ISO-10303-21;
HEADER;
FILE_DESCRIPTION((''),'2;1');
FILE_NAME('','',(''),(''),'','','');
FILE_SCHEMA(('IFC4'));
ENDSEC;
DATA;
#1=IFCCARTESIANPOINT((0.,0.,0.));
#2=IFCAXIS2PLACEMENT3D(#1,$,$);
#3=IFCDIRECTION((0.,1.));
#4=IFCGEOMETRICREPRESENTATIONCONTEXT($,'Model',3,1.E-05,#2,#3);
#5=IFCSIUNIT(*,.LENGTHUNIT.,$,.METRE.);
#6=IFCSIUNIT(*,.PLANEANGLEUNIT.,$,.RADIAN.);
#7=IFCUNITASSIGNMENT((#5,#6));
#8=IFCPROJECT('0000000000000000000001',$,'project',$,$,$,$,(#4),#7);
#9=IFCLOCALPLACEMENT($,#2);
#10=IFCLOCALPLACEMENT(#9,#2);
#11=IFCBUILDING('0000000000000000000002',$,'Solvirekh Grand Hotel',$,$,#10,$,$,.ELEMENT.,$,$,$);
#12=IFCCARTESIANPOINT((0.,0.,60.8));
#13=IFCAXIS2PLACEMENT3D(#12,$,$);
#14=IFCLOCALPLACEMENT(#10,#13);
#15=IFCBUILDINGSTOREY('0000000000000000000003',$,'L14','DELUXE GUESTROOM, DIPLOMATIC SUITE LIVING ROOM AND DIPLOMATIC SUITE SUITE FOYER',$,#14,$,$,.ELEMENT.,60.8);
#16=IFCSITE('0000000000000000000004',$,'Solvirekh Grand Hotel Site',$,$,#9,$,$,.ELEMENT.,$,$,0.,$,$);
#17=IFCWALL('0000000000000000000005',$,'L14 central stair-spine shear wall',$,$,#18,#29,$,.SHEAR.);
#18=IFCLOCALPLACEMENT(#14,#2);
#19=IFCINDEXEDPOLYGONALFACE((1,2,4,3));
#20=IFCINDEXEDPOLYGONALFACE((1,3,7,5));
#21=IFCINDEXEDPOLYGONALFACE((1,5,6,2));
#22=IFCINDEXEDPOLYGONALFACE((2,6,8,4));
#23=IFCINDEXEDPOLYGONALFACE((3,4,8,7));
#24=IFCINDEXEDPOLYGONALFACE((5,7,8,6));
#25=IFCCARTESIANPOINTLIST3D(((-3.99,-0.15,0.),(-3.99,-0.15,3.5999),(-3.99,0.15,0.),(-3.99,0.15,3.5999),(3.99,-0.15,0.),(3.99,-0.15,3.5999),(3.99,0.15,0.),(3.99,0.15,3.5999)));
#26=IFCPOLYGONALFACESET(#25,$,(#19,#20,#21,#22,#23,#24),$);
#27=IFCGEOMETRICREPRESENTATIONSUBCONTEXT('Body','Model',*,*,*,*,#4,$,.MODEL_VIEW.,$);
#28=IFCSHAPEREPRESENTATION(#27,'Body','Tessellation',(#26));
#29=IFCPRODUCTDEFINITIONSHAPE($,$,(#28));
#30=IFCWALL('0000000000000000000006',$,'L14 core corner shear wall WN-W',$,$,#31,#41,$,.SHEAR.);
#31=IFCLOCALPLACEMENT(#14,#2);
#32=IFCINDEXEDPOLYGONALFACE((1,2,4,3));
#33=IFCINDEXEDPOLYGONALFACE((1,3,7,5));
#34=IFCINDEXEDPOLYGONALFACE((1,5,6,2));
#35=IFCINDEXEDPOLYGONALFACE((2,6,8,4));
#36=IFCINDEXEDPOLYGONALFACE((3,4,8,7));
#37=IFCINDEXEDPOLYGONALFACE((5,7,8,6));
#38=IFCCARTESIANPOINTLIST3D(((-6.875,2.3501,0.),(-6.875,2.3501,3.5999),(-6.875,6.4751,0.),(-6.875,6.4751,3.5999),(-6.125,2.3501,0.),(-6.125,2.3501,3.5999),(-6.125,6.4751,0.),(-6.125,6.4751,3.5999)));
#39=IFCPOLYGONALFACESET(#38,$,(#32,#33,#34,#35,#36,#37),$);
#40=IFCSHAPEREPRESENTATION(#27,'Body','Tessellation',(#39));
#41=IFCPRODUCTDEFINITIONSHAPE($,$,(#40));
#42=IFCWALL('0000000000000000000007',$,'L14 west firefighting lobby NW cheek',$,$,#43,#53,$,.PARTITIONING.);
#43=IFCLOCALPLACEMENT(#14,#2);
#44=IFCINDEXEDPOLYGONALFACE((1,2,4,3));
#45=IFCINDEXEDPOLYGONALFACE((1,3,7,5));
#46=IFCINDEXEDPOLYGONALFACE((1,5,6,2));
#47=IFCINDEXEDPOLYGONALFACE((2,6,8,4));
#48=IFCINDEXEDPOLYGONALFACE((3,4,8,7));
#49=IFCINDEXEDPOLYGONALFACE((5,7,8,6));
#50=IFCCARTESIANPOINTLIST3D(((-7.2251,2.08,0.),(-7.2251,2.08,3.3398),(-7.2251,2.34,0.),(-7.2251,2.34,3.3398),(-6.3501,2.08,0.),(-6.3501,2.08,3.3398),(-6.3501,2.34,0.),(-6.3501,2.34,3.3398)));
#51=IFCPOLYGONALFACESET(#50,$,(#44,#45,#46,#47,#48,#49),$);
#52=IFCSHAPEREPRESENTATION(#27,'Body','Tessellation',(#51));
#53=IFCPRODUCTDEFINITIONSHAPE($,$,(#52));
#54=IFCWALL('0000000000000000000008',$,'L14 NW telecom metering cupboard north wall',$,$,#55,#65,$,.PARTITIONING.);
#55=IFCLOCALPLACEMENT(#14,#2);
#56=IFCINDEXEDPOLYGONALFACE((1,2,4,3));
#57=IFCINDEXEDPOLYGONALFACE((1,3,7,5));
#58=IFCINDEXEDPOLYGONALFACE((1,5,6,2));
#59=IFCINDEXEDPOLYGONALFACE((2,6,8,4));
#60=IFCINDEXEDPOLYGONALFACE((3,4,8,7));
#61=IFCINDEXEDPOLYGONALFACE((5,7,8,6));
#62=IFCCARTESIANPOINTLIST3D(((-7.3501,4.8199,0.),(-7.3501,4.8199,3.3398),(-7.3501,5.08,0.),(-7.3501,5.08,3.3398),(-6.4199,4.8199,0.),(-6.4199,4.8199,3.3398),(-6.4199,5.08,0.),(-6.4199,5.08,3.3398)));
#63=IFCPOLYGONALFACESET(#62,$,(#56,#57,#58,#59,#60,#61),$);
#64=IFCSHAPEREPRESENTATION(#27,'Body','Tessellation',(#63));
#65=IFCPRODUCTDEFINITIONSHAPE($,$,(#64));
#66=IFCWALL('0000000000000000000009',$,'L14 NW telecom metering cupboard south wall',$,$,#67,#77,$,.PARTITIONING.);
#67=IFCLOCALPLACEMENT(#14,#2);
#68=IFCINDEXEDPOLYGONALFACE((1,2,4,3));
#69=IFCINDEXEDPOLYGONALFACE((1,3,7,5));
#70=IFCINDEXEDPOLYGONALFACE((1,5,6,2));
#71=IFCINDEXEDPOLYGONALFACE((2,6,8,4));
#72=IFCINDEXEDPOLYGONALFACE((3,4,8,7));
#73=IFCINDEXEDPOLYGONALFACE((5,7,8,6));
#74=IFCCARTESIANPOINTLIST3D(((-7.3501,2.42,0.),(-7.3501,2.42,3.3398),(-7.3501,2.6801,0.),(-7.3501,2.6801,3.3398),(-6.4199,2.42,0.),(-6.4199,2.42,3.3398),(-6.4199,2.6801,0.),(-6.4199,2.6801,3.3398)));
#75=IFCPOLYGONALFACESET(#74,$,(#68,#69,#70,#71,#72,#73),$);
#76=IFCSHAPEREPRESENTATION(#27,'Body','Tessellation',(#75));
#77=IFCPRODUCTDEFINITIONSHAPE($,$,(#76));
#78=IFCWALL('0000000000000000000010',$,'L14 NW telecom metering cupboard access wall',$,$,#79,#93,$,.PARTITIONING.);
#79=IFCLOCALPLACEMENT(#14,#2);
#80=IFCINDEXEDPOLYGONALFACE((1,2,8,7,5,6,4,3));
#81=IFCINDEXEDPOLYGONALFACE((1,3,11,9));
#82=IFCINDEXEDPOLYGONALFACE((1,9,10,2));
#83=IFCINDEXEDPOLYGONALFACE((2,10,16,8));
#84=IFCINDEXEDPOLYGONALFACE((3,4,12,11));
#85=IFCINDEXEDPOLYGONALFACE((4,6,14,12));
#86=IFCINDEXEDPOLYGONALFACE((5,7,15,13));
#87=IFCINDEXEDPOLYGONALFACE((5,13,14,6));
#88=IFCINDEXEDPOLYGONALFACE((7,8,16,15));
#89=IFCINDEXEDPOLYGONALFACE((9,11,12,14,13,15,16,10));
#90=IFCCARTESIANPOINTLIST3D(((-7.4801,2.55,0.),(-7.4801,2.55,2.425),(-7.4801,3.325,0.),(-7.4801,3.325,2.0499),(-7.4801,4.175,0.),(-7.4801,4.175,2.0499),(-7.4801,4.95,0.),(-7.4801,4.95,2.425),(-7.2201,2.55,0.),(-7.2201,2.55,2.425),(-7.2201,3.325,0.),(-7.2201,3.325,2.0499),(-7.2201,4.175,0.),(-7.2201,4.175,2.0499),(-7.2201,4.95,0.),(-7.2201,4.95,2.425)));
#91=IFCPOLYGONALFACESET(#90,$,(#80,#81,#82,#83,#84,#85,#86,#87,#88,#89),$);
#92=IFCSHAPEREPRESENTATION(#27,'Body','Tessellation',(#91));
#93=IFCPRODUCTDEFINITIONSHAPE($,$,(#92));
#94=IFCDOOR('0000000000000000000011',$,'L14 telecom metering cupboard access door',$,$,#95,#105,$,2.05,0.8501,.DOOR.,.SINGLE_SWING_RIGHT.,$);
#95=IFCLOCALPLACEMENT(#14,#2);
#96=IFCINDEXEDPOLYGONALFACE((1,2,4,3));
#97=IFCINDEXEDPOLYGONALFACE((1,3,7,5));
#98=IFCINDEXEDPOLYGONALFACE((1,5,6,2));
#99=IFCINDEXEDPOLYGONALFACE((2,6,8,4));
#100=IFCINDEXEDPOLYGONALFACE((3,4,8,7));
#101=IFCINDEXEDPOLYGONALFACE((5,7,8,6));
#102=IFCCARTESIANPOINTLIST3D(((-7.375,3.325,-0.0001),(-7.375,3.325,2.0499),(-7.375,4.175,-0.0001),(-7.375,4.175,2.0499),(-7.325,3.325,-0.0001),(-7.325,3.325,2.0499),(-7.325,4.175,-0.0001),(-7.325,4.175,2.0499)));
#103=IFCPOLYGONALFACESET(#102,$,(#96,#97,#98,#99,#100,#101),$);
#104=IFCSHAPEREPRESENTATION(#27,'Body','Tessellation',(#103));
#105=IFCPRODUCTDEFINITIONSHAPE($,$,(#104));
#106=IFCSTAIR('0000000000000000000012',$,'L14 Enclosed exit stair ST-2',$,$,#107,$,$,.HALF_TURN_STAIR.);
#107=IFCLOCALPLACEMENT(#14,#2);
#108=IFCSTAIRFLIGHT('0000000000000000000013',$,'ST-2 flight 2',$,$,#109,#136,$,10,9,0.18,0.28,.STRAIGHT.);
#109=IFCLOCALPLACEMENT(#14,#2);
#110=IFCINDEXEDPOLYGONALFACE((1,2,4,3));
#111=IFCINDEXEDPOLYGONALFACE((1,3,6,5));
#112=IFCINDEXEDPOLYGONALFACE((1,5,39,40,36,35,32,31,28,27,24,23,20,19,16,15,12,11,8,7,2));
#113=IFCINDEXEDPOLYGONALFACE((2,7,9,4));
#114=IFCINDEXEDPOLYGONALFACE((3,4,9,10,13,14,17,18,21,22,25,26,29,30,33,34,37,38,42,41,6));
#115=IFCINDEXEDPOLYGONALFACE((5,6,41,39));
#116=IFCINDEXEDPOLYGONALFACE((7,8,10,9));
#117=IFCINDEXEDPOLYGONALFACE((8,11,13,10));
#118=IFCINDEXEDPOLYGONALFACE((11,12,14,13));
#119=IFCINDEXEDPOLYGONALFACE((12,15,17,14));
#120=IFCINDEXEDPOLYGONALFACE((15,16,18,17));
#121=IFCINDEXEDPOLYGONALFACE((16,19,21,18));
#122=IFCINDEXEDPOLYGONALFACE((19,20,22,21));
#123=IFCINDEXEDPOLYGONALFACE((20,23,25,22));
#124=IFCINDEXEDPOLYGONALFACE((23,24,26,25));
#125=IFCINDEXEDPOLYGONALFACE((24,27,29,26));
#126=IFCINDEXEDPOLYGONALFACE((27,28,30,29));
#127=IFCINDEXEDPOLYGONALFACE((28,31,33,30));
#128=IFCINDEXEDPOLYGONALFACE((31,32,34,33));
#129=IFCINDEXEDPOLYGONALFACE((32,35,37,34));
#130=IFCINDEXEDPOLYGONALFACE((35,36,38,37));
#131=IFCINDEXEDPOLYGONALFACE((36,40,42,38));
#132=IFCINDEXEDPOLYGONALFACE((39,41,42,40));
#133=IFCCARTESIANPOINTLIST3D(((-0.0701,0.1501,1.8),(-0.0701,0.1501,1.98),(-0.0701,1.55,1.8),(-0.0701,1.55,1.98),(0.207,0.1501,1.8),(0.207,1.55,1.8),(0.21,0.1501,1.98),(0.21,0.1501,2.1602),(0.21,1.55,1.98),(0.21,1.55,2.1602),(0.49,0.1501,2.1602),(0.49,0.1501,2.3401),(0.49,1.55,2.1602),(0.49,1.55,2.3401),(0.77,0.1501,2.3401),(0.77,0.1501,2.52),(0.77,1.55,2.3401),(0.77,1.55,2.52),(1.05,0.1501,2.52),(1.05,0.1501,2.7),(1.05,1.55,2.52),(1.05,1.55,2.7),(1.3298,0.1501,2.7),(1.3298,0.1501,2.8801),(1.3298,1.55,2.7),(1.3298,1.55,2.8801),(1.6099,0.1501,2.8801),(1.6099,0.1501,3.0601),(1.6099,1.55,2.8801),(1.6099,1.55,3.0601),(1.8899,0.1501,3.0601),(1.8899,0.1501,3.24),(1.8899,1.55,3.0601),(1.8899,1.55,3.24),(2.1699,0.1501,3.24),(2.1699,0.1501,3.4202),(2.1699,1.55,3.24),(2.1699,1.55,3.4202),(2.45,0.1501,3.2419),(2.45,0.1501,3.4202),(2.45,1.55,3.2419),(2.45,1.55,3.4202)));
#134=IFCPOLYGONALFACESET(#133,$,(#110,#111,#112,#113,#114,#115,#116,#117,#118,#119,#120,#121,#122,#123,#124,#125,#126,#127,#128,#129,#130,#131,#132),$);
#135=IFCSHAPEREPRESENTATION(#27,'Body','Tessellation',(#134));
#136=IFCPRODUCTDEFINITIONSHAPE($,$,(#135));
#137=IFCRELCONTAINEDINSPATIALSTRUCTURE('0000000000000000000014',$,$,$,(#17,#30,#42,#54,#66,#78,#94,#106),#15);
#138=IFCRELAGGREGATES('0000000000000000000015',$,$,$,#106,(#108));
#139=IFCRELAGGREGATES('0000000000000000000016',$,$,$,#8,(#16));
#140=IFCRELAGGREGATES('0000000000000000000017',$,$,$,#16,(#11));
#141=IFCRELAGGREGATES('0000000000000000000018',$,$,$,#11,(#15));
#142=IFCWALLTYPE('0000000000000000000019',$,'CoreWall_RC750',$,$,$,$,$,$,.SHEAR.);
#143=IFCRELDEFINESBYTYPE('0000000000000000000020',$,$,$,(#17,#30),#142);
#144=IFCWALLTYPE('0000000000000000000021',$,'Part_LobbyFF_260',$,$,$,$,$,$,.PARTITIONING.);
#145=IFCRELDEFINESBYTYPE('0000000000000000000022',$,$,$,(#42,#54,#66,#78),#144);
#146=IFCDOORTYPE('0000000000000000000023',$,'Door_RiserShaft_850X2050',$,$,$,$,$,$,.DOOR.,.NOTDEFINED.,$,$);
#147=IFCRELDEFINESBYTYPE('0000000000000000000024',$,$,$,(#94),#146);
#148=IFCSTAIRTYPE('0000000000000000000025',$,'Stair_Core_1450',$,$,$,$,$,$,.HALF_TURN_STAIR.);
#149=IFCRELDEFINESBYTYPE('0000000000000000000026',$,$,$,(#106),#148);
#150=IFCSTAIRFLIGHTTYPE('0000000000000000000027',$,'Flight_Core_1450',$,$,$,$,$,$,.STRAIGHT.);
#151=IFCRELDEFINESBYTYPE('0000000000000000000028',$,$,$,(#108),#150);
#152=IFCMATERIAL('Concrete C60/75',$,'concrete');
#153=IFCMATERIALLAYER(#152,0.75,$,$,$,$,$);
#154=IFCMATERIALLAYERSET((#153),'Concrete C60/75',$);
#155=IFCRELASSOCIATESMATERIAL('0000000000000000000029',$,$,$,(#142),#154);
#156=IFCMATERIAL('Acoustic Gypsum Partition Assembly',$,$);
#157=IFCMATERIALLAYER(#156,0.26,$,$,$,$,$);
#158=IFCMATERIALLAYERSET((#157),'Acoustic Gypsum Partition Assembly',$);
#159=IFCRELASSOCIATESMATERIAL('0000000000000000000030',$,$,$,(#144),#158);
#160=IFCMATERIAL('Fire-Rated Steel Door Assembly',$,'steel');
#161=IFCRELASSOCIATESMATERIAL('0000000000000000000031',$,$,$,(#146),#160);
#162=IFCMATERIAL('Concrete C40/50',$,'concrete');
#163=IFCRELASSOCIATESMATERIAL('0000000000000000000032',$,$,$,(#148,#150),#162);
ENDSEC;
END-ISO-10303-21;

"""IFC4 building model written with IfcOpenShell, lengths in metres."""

from ifc_helpers import new_model, si_unit, direction, frame, frame_2d, origin, place, context, subcontext, project, spatial, polyline, rectangle, outline, extrude, material, layer, layer_set, type_object, element, fill, aggregate, save


model = new_model("IFC4")

# Units and contexts
model_context = context("Model", 3, precision=1e-05, world=origin(), true_north=direction((0.0, 1.0)))
body_context = subcontext(model_context, "Body", "Model", "MODEL_VIEW")
ifc_project = project(units=[si_unit("LENGTHUNIT", "METRE"), si_unit("PLANEANGLEUNIT", "RADIAN")], contexts=[model_context])

# Site, building, storey
site_placement = place(None, origin())
site = spatial("IfcSite", under=ifc_project, at=site_placement, Name="Solvirekh Grand Hotel Site", CompositionType="ELEMENT", RefElevation=0.0)
building_placement = place(site_placement, origin())
building = spatial("IfcBuilding", under=site, at=building_placement, Name="Solvirekh Grand Hotel", CompositionType="ELEMENT")
storey_placement = place(building_placement, frame((0.0, 0.0, 60.8)))
storey = spatial("IfcBuildingStorey", under=building, at=storey_placement, Name="L14", Description="DELUXE GUESTROOM, DIPLOMATIC SUITE LIVING ROOM AND DIPLOMATIC SUITE SUITE FOYER", CompositionType="ELEMENT", Elevation=60.8)

# Shared definitions
ifc_material_1 = material(Name="Concrete C40/50", Category="concrete")

# Shared definitions
ifc_material_2 = material(Name="Fire-Rated Steel Door Assembly", Category="steel")

# Walls
ifc_material_3 = material(Name="Concrete C60/75", Category="concrete")
ifc_layer_1 = layer(ifc_material_3, 0.75)
ifc_layer_set_1 = layer_set([ifc_layer_1], Name="Concrete C60/75")
wall_type_1 = type_object("IfcWallType", Name="CoreWall_RC750", PredefinedType="SHEAR", material=ifc_layer_set_1)
wall_1_placement = place(storey_placement, frame((-3.99, 0.0, 0.0), z_axis=(0.0, 0.0, 1.0), x_axis=(1.0, 0.0, 0.0)))
element("IfcWall", 1, at=wall_1_placement, inside=storey, type_object=wall_type_1, Name="L14 central stair-spine shear wall", PredefinedType="SHEAR", context=body_context, shape_type="SweptSolid", body=[
    extrude(rectangle(XDim=7.98, YDim=0.3, at=frame_2d((3.99, 0.0))), origin(), (0.0, 0.0, 1.0), 3.5999),
])
wall_2_placement = place(storey_placement, frame((-6.5, 2.3501, 0.0), z_axis=(0.0, 0.0, 1.0), x_axis=(0.0, 1.0, 0.0)))
element("IfcWall", 2, at=wall_2_placement, inside=storey, type_object=wall_type_1, Name="L14 core corner shear wall WN-W", PredefinedType="SHEAR", context=body_context, shape_type="SweptSolid", body=[
    extrude(rectangle(XDim=4.125, YDim=0.75, at=frame_2d((2.0625, 0.0))), origin(), (0.0, 0.0, 1.0), 3.5999),
])
ifc_material_4 = material(Name="Acoustic Gypsum Partition Assembly")
ifc_layer_2 = layer(ifc_material_4, 0.26)
ifc_layer_set_2 = layer_set([ifc_layer_2], Name="Acoustic Gypsum Partition Assembly")
wall_type_2 = type_object("IfcWallType", Name="Part_LobbyFF_260", PredefinedType="PARTITIONING", material=ifc_layer_set_2)
wall_3_placement = place(storey_placement, frame((-7.2251, 2.21, 0.0), z_axis=(0.0, 0.0, 1.0), x_axis=(1.0, 0.0, 0.0)))
element("IfcWall", 3, at=wall_3_placement, inside=storey, type_object=wall_type_2, Name="L14 west firefighting lobby NW cheek", PredefinedType="PARTITIONING", context=body_context, shape_type="SweptSolid", body=[
    extrude(rectangle(XDim=0.875, YDim=0.26, at=frame_2d((0.4375, 0.0))), origin(), (0.0, 0.0, 1.0), 3.3398),
])
for number, where, z_axis, x_axis, name in (
    (4, (-7.3501, 4.95, 0.0), (0.0, 0.0, 1.0), (1.0, 0.0, 0.0), "L14 NW telecom metering cupboard north wall"),
    (5, (-7.3501, 2.55, 0.0), (0.0, 0.0, 1.0), (1.0, 0.0, 0.0), "L14 NW telecom metering cupboard south wall"),
):
    element("IfcWall", number, at=place(storey_placement, frame(where, z_axis=z_axis, x_axis=x_axis)), inside=storey, type_object=wall_type_2, Name=name, PredefinedType="PARTITIONING", context=body_context, shape_type="SweptSolid", body=[
        extrude(rectangle(XDim=0.9302, YDim=0.26, at=frame_2d((0.4651, 0.0))), origin(), (0.0, 0.0, 1.0), 3.3398),
    ])

# Wall, opening, door
wall_4_placement = place(storey_placement, frame((-7.3501, 2.55, 0.0), z_axis=(0.0, 0.0, 1.0), x_axis=(0.0, 1.0, 0.0)))
wall_4 = element("IfcWall", 6, at=wall_4_placement, inside=storey, type_object=wall_type_2, Name="L14 NW telecom metering cupboard access wall", PredefinedType="PARTITIONING", context=body_context, shape_type="SweptSolid", body=[
    extrude(rectangle(XDim=2.3999, YDim=0.26, at=frame_2d((1.2, 0.0))), origin(), (0.0, 0.0, 1.0), 2.425),
])
opening_1_placement = place(wall_4_placement, frame((0.7749, 0.0, 0.0)))
opening_1 = element("IfcOpeningElement", 7, at=opening_1_placement, cuts=wall_4, PredefinedType="OPENING", context=body_context, shape_type="SweptSolid", body=[
    extrude(rectangle(XDim=0.8501, YDim=2.05, at=frame_2d((0.425, 1.0249))), frame((0.0, 0.1401, 0.0), z_axis=(0.0, -1.0, 0.0), x_axis=(1.0, 0.0, 0.0)), (0.0, 0.0, 1.0), 0.28),
])
door_type_1 = type_object("IfcDoorType", Name="Door_RiserShaft_850X2050", OperationType="NOTDEFINED", PredefinedType="DOOR", material=ifc_material_2)
door_1_placement = place(opening_1_placement, origin())
door_1 = element("IfcDoor", 8, at=door_1_placement, inside=storey, type_object=door_type_1, Name="L14 telecom metering cupboard access door", OperationType="SINGLE_SWING_RIGHT", OverallHeight=2.05, OverallWidth=0.8501, PredefinedType="DOOR", context=body_context, shape_type="SweptSolid", body=[
    extrude(rectangle(XDim=0.8501, YDim=2.05, at=frame_2d((0.425, 1.0249))), frame((0.0, 0.0249, 0.0), z_axis=(0.0, -1.0, 0.0), x_axis=(1.0, 0.0, 0.0)), (0.0, 0.0, 1.0), 0.05),
])
fill(opening_1, door_1)

# Stair, stair flight
stair_type = type_object("IfcStairType", Name="Stair_Core_1450", PredefinedType="HALF_TURN_STAIR", material=ifc_material_1)
stair_placement = place(storey_placement, origin())
stair = element("IfcStair", 9, at=stair_placement, inside=storey, type_object=stair_type, Name="L14 Enclosed exit stair ST-2", PredefinedType="HALF_TURN_STAIR")
stair_flight_type = type_object("IfcStairFlightType", Name="Flight_Core_1450", PredefinedType="STRAIGHT", material=ifc_material_1)
stair_flight_placement = place(storey_placement, frame((-0.0701, 0.8501, 1.8), z_axis=(0.0, 0.0, 1.0), x_axis=(1.0, 0.0, 0.0)))
stair_flight = element("IfcStairFlight", 10, at=stair_flight_placement, type_object=stair_flight_type, Name="ST-2 flight 2", NumberOfRisers=10, NumberOfTreads=9, PredefinedType="STRAIGHT", RiserHeight=0.18, TreadLength=0.28, context=body_context, shape_type="SweptSolid", body=[
    extrude(outline(polyline([(0.0, 0.0), (0.0, 0.1799), (0.28, 0.1799), (0.28, 0.3601), (0.5601, 0.3601), (0.5601, 0.54), (0.8401, 0.54), (0.8401, 0.72), (1.1201, 0.72), (1.1201, 0.8999), (1.3999, 0.8999), (1.3999, 1.0801), (1.6799, 1.0801), (1.6799, 1.26), (1.96, 1.26), (1.96, 1.4399), (2.24, 1.4399), (2.24, 1.6201), (2.52, 1.6201), (2.52, 1.8), (2.52, 1.4419), (0.2771, 0.0), (0.0, 0.0)])), frame((0.0, 0.7, 0.0), z_axis=(0.0, -1.0, 0.0), x_axis=(1.0, 0.0, 0.0)), (0.0, 0.0, 1.0), 1.3999),
])
aggregate(stair, [stair_flight])

save(model, "model.ifc")
